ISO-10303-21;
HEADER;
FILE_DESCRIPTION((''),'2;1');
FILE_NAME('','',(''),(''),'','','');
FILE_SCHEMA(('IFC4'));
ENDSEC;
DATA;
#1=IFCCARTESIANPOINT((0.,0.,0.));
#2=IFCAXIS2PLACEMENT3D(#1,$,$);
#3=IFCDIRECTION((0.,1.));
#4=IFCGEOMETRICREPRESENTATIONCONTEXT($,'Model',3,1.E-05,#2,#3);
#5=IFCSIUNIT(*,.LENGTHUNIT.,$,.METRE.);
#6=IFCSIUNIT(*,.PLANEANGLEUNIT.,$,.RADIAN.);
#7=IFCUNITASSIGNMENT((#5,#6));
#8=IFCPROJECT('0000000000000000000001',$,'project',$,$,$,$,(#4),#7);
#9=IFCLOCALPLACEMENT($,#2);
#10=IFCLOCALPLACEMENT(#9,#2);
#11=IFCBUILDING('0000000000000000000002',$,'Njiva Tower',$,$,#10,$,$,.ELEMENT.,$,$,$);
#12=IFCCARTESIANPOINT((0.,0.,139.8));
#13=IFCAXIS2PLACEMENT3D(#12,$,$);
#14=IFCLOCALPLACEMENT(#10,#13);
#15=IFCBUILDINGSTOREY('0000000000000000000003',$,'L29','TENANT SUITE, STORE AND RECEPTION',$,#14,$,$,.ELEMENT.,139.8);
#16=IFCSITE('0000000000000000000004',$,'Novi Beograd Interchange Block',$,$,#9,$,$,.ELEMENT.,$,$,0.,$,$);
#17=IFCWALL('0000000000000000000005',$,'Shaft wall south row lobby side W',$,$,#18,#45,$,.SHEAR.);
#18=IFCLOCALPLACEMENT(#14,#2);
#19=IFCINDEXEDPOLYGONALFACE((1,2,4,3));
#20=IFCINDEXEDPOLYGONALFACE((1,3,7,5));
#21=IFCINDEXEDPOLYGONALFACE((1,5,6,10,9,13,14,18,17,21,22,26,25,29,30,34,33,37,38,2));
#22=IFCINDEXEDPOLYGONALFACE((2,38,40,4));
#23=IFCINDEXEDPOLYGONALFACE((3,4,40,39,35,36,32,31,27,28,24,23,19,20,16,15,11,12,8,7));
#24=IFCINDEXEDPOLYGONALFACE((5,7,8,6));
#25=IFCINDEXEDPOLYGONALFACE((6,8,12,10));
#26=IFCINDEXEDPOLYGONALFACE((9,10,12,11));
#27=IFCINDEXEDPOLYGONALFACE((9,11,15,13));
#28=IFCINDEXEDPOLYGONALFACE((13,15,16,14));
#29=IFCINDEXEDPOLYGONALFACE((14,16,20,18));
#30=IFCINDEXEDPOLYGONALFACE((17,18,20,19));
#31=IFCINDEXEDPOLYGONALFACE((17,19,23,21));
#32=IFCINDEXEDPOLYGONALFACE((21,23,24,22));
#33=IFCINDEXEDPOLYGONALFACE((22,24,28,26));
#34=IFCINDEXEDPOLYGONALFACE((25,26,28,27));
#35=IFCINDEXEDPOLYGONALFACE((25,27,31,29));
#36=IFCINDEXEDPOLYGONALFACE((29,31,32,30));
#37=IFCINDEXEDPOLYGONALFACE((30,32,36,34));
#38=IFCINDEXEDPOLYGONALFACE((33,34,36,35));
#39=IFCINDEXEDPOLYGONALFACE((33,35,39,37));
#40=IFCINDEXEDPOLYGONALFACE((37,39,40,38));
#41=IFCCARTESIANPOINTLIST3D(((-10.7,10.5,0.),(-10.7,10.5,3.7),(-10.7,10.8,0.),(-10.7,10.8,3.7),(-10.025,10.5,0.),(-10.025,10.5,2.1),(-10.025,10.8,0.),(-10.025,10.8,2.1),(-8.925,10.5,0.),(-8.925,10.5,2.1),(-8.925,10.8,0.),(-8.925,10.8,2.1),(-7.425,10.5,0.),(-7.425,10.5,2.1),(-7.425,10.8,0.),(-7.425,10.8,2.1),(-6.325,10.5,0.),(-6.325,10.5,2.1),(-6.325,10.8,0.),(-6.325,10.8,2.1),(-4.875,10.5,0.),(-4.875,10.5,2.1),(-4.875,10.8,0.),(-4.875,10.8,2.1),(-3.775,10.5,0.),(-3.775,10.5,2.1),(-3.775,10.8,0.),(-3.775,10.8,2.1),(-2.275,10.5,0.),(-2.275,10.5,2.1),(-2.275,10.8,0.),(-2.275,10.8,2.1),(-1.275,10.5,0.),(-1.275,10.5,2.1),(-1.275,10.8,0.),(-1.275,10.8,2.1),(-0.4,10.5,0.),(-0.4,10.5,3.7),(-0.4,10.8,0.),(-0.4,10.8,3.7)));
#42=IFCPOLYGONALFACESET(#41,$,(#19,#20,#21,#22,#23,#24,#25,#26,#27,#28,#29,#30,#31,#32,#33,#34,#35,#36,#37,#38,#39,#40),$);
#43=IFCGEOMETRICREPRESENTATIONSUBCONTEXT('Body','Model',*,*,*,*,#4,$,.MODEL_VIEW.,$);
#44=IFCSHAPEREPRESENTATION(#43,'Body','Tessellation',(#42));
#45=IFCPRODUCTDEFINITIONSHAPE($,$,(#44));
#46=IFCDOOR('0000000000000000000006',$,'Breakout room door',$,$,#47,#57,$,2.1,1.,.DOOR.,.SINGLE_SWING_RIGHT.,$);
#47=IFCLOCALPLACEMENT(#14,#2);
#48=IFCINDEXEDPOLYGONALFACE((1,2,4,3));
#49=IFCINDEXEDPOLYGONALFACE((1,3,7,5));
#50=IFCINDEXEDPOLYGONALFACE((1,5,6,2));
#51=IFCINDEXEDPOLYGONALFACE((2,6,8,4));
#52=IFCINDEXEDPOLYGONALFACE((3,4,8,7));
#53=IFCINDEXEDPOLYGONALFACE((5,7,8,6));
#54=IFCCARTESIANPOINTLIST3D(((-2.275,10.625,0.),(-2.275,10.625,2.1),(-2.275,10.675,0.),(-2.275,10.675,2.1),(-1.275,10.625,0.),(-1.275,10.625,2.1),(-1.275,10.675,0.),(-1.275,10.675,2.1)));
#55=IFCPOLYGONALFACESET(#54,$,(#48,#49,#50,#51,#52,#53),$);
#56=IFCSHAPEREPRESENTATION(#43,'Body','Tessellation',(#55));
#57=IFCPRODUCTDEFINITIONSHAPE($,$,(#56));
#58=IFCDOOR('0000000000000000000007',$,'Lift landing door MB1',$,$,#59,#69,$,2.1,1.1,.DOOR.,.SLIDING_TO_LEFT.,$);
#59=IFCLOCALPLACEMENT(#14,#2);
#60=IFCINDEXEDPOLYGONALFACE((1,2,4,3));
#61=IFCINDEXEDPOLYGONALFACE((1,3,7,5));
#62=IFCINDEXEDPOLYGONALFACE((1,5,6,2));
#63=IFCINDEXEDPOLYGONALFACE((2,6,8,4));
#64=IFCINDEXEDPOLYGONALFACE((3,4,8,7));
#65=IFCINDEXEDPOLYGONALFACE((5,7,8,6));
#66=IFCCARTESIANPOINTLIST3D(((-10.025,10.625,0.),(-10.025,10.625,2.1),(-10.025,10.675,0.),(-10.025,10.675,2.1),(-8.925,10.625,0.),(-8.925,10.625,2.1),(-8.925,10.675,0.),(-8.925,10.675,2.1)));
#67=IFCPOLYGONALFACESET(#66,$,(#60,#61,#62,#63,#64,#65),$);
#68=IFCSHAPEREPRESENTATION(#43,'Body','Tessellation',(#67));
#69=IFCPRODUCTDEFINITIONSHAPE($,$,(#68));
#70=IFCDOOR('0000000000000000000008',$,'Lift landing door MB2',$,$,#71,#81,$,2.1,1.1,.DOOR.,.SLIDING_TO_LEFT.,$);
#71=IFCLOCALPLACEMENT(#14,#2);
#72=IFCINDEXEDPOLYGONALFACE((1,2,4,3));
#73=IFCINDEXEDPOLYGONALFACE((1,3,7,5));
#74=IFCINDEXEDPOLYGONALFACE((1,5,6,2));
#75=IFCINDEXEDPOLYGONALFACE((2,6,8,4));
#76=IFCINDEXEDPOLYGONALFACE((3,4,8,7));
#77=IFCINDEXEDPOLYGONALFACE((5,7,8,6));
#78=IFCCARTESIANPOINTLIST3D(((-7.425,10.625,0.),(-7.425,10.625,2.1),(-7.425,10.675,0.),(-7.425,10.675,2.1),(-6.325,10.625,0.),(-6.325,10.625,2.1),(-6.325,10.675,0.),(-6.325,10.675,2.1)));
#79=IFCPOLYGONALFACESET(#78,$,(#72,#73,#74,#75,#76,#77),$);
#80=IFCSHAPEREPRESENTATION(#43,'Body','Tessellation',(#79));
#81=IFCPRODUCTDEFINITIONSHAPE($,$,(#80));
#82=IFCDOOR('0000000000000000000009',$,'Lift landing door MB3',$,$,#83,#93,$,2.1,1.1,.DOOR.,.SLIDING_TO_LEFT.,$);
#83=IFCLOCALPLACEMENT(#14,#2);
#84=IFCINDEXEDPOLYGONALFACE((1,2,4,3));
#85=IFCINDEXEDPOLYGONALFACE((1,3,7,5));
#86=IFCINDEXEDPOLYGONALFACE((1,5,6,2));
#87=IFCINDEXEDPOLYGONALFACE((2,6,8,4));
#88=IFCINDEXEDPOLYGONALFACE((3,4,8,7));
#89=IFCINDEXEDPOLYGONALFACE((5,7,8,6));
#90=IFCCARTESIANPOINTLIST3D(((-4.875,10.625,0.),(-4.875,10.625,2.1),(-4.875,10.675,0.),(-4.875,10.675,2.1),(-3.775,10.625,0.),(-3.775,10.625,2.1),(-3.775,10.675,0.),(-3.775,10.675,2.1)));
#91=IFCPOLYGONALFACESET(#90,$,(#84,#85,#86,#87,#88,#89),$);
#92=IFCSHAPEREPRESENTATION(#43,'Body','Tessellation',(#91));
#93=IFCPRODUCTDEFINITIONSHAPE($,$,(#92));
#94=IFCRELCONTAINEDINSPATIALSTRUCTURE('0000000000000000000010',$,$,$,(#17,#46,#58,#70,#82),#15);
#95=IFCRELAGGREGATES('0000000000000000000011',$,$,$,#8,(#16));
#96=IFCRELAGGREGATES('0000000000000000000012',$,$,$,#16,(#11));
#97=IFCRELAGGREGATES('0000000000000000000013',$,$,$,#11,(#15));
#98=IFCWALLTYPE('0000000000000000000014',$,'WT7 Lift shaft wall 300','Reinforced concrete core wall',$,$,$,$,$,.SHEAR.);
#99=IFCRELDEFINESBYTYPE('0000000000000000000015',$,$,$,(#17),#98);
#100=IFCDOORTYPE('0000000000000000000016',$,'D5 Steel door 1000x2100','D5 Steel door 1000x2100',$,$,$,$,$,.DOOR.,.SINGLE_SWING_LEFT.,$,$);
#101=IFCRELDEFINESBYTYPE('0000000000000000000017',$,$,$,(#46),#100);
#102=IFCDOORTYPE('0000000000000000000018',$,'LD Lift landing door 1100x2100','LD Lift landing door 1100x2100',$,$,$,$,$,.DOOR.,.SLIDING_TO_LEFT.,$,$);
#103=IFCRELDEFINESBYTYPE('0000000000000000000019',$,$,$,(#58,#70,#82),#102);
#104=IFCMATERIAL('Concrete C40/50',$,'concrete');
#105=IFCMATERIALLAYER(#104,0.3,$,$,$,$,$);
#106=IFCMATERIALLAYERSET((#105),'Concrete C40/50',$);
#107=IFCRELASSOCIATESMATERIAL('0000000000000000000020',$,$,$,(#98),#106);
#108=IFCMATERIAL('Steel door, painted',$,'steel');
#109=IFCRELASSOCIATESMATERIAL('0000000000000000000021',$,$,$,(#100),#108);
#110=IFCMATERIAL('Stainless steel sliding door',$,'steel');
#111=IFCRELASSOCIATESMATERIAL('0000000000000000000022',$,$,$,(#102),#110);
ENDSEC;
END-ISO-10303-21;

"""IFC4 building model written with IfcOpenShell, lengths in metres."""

from ifc_helpers import new_model, si_unit, direction, frame, frame_2d, origin, place, context, subcontext, project, spatial, rectangle, extrude, material, layer, layer_set, type_object, element, fill, save


model = new_model("IFC4")

# Units and contexts
model_context = context("Model", 3, precision=1e-05, world=origin(), true_north=direction((0.0, 1.0)))
body_context = subcontext(model_context, "Body", "Model", "MODEL_VIEW")
ifc_project = project(units=[si_unit("LENGTHUNIT", "METRE"), si_unit("PLANEANGLEUNIT", "RADIAN")], contexts=[model_context])

# Site, building, storey
site_placement = place(None, origin())
site = spatial("IfcSite", under=ifc_project, at=site_placement, Name="Novi Beograd Interchange Block", CompositionType="ELEMENT", RefElevation=0.0)
building_placement = place(site_placement, origin())
building = spatial("IfcBuilding", under=site, at=building_placement, Name="Njiva Tower", CompositionType="ELEMENT")
storey_placement = place(building_placement, frame((0.0, 0.0, 139.8)))
storey = spatial("IfcBuildingStorey", under=building, at=storey_placement, Name="L29", Description="TENANT SUITE, STORE AND RECEPTION", CompositionType="ELEMENT", Elevation=139.8)

# Shared definitions
ifc_material_1 = material(Name="Concrete C40/50", Category="concrete")

# Wall, openings, doors
ifc_layer_1 = layer(ifc_material_1, 0.3)
ifc_layer_set_1 = layer_set([ifc_layer_1], Name="Concrete C40/50")
wall_type_1 = type_object("IfcWallType", Name="WT7 Lift shaft wall 300", Description="Reinforced concrete core wall", PredefinedType="SHEAR", material=ifc_layer_set_1)
ifc_material_2 = material(Name="Steel door, painted", Category="steel")
door_type_1 = type_object("IfcDoorType", Name="D5 Steel door 1000x2100", Description="D5 Steel door 1000x2100", OperationType="SINGLE_SWING_LEFT", PredefinedType="DOOR", material=ifc_material_2)
ifc_material_3 = material(Name="Stainless steel sliding door", Category="steel")
door_type_2 = type_object("IfcDoorType", Name="LD Lift landing door 1100x2100", Description="LD Lift landing door 1100x2100", OperationType="SLIDING_TO_LEFT", PredefinedType="DOOR", material=ifc_material_3)
wall_1_placement = place(storey_placement, frame((-10.7, 10.65, 0.0), z_axis=(0.0, 0.0, 1.0), x_axis=(1.0, 0.0, 0.0)))
wall_1 = element("IfcWall", 1, at=wall_1_placement, inside=storey, type_object=wall_type_1, Name="Shaft wall south row lobby side W", PredefinedType="SHEAR", context=body_context, shape_type="SweptSolid", body=[
    extrude(rectangle(XDim=10.3, YDim=0.3, at=frame_2d((5.15, 0.0))), origin(), (0.0, 0.0, 1.0), 3.7),
])
opening_1_placement = place(wall_1_placement, frame((0.675, 0.0, 0.0)))
opening_1 = element("IfcOpeningElement", 2, at=opening_1_placement, cuts=wall_1, PredefinedType="OPENING", context=body_context, shape_type="SweptSolid", body=[
    extrude(rectangle(XDim=1.1, YDim=2.1, at=frame_2d((0.55, 1.05))), frame((0.0, 0.16, 0.0), z_axis=(0.0, -1.0, 0.0), x_axis=(1.0, 0.0, 0.0)), (0.0, 0.0, 1.0), 0.32),
])
opening_2_placement = place(wall_1_placement, frame((3.275, 0.0, 0.0)))
opening_2 = element("IfcOpeningElement", 3, at=opening_2_placement, cuts=wall_1, PredefinedType="OPENING", context=body_context, shape_type="SweptSolid", body=[
    extrude(rectangle(XDim=1.1, YDim=2.1, at=frame_2d((0.55, 1.05))), frame((0.0, 0.16, 0.0), z_axis=(0.0, -1.0, 0.0), x_axis=(1.0, 0.0, 0.0)), (0.0, 0.0, 1.0), 0.32),
])
opening_3_placement = place(wall_1_placement, frame((5.825, 0.0, 0.0)))
opening_3 = element("IfcOpeningElement", 4, at=opening_3_placement, cuts=wall_1, PredefinedType="OPENING", context=body_context, shape_type="SweptSolid", body=[
    extrude(rectangle(XDim=1.1, YDim=2.1, at=frame_2d((0.55, 1.05))), frame((0.0, 0.16, 0.0), z_axis=(0.0, -1.0, 0.0), x_axis=(1.0, 0.0, 0.0)), (0.0, 0.0, 1.0), 0.32),
])
opening_4_placement = place(wall_1_placement, frame((8.425, 0.0, 0.0)))
opening_4 = element("IfcOpeningElement", 5, at=opening_4_placement, cuts=wall_1, PredefinedType="OPENING", context=body_context, shape_type="SweptSolid", body=[
    extrude(rectangle(XDim=1.0, YDim=2.1, at=frame_2d((0.5, 1.05))), frame((0.0, 0.16, 0.0), z_axis=(0.0, -1.0, 0.0), x_axis=(1.0, 0.0, 0.0)), (0.0, 0.0, 1.0), 0.32),
])
door_1_placement = place(opening_4_placement, origin())
door_1 = element("IfcDoor", 6, at=door_1_placement, inside=storey, type_object=door_type_1, Name="Breakout room door", OperationType="SINGLE_SWING_RIGHT", OverallHeight=2.1, OverallWidth=1.0, PredefinedType="DOOR", context=body_context, shape_type="SweptSolid", body=[
    extrude(rectangle(XDim=1.0, YDim=2.1, at=frame_2d((0.5, 1.05))), frame((0.0, 0.025, 0.0), z_axis=(0.0, -1.0, 0.0), x_axis=(1.0, 0.0, 0.0)), (0.0, 0.0, 1.0), 0.05),
])
fill(opening_4, door_1)
door_2_placement = place(opening_1_placement, origin())
door_2 = element("IfcDoor", 7, at=door_2_placement, inside=storey, type_object=door_type_2, Name="Lift landing door MB1", OperationType="SLIDING_TO_LEFT", OverallHeight=2.1, OverallWidth=1.1, PredefinedType="DOOR", context=body_context, shape_type="SweptSolid", body=[
    extrude(rectangle(XDim=1.1, YDim=2.1, at=frame_2d((0.55, 1.05))), frame((0.0, 0.025, 0.0), z_axis=(0.0, -1.0, 0.0), x_axis=(1.0, 0.0, 0.0)), (0.0, 0.0, 1.0), 0.05),
])
fill(opening_1, door_2)
door_3_placement = place(opening_2_placement, origin())
door_3 = element("IfcDoor", 8, at=door_3_placement, inside=storey, type_object=door_type_2, Name="Lift landing door MB2", OperationType="SLIDING_TO_LEFT", OverallHeight=2.1, OverallWidth=1.1, PredefinedType="DOOR", context=body_context, shape_type="SweptSolid", body=[
    extrude(rectangle(XDim=1.1, YDim=2.1, at=frame_2d((0.55, 1.05))), frame((0.0, 0.025, 0.0), z_axis=(0.0, -1.0, 0.0), x_axis=(1.0, 0.0, 0.0)), (0.0, 0.0, 1.0), 0.05),
])
fill(opening_2, door_3)
door_4_placement = place(opening_3_placement, origin())
door_4 = element("IfcDoor", 9, at=door_4_placement, inside=storey, type_object=door_type_2, Name="Lift landing door MB3", OperationType="SLIDING_TO_LEFT", OverallHeight=2.1, OverallWidth=1.1, PredefinedType="DOOR", context=body_context, shape_type="SweptSolid", body=[
    extrude(rectangle(XDim=1.1, YDim=2.1, at=frame_2d((0.55, 1.05))), frame((0.0, 0.025, 0.0), z_axis=(0.0, -1.0, 0.0), x_axis=(1.0, 0.0, 0.0)), (0.0, 0.0, 1.0), 0.05),
])
fill(opening_3, door_4)

save(model, "model.ifc")
